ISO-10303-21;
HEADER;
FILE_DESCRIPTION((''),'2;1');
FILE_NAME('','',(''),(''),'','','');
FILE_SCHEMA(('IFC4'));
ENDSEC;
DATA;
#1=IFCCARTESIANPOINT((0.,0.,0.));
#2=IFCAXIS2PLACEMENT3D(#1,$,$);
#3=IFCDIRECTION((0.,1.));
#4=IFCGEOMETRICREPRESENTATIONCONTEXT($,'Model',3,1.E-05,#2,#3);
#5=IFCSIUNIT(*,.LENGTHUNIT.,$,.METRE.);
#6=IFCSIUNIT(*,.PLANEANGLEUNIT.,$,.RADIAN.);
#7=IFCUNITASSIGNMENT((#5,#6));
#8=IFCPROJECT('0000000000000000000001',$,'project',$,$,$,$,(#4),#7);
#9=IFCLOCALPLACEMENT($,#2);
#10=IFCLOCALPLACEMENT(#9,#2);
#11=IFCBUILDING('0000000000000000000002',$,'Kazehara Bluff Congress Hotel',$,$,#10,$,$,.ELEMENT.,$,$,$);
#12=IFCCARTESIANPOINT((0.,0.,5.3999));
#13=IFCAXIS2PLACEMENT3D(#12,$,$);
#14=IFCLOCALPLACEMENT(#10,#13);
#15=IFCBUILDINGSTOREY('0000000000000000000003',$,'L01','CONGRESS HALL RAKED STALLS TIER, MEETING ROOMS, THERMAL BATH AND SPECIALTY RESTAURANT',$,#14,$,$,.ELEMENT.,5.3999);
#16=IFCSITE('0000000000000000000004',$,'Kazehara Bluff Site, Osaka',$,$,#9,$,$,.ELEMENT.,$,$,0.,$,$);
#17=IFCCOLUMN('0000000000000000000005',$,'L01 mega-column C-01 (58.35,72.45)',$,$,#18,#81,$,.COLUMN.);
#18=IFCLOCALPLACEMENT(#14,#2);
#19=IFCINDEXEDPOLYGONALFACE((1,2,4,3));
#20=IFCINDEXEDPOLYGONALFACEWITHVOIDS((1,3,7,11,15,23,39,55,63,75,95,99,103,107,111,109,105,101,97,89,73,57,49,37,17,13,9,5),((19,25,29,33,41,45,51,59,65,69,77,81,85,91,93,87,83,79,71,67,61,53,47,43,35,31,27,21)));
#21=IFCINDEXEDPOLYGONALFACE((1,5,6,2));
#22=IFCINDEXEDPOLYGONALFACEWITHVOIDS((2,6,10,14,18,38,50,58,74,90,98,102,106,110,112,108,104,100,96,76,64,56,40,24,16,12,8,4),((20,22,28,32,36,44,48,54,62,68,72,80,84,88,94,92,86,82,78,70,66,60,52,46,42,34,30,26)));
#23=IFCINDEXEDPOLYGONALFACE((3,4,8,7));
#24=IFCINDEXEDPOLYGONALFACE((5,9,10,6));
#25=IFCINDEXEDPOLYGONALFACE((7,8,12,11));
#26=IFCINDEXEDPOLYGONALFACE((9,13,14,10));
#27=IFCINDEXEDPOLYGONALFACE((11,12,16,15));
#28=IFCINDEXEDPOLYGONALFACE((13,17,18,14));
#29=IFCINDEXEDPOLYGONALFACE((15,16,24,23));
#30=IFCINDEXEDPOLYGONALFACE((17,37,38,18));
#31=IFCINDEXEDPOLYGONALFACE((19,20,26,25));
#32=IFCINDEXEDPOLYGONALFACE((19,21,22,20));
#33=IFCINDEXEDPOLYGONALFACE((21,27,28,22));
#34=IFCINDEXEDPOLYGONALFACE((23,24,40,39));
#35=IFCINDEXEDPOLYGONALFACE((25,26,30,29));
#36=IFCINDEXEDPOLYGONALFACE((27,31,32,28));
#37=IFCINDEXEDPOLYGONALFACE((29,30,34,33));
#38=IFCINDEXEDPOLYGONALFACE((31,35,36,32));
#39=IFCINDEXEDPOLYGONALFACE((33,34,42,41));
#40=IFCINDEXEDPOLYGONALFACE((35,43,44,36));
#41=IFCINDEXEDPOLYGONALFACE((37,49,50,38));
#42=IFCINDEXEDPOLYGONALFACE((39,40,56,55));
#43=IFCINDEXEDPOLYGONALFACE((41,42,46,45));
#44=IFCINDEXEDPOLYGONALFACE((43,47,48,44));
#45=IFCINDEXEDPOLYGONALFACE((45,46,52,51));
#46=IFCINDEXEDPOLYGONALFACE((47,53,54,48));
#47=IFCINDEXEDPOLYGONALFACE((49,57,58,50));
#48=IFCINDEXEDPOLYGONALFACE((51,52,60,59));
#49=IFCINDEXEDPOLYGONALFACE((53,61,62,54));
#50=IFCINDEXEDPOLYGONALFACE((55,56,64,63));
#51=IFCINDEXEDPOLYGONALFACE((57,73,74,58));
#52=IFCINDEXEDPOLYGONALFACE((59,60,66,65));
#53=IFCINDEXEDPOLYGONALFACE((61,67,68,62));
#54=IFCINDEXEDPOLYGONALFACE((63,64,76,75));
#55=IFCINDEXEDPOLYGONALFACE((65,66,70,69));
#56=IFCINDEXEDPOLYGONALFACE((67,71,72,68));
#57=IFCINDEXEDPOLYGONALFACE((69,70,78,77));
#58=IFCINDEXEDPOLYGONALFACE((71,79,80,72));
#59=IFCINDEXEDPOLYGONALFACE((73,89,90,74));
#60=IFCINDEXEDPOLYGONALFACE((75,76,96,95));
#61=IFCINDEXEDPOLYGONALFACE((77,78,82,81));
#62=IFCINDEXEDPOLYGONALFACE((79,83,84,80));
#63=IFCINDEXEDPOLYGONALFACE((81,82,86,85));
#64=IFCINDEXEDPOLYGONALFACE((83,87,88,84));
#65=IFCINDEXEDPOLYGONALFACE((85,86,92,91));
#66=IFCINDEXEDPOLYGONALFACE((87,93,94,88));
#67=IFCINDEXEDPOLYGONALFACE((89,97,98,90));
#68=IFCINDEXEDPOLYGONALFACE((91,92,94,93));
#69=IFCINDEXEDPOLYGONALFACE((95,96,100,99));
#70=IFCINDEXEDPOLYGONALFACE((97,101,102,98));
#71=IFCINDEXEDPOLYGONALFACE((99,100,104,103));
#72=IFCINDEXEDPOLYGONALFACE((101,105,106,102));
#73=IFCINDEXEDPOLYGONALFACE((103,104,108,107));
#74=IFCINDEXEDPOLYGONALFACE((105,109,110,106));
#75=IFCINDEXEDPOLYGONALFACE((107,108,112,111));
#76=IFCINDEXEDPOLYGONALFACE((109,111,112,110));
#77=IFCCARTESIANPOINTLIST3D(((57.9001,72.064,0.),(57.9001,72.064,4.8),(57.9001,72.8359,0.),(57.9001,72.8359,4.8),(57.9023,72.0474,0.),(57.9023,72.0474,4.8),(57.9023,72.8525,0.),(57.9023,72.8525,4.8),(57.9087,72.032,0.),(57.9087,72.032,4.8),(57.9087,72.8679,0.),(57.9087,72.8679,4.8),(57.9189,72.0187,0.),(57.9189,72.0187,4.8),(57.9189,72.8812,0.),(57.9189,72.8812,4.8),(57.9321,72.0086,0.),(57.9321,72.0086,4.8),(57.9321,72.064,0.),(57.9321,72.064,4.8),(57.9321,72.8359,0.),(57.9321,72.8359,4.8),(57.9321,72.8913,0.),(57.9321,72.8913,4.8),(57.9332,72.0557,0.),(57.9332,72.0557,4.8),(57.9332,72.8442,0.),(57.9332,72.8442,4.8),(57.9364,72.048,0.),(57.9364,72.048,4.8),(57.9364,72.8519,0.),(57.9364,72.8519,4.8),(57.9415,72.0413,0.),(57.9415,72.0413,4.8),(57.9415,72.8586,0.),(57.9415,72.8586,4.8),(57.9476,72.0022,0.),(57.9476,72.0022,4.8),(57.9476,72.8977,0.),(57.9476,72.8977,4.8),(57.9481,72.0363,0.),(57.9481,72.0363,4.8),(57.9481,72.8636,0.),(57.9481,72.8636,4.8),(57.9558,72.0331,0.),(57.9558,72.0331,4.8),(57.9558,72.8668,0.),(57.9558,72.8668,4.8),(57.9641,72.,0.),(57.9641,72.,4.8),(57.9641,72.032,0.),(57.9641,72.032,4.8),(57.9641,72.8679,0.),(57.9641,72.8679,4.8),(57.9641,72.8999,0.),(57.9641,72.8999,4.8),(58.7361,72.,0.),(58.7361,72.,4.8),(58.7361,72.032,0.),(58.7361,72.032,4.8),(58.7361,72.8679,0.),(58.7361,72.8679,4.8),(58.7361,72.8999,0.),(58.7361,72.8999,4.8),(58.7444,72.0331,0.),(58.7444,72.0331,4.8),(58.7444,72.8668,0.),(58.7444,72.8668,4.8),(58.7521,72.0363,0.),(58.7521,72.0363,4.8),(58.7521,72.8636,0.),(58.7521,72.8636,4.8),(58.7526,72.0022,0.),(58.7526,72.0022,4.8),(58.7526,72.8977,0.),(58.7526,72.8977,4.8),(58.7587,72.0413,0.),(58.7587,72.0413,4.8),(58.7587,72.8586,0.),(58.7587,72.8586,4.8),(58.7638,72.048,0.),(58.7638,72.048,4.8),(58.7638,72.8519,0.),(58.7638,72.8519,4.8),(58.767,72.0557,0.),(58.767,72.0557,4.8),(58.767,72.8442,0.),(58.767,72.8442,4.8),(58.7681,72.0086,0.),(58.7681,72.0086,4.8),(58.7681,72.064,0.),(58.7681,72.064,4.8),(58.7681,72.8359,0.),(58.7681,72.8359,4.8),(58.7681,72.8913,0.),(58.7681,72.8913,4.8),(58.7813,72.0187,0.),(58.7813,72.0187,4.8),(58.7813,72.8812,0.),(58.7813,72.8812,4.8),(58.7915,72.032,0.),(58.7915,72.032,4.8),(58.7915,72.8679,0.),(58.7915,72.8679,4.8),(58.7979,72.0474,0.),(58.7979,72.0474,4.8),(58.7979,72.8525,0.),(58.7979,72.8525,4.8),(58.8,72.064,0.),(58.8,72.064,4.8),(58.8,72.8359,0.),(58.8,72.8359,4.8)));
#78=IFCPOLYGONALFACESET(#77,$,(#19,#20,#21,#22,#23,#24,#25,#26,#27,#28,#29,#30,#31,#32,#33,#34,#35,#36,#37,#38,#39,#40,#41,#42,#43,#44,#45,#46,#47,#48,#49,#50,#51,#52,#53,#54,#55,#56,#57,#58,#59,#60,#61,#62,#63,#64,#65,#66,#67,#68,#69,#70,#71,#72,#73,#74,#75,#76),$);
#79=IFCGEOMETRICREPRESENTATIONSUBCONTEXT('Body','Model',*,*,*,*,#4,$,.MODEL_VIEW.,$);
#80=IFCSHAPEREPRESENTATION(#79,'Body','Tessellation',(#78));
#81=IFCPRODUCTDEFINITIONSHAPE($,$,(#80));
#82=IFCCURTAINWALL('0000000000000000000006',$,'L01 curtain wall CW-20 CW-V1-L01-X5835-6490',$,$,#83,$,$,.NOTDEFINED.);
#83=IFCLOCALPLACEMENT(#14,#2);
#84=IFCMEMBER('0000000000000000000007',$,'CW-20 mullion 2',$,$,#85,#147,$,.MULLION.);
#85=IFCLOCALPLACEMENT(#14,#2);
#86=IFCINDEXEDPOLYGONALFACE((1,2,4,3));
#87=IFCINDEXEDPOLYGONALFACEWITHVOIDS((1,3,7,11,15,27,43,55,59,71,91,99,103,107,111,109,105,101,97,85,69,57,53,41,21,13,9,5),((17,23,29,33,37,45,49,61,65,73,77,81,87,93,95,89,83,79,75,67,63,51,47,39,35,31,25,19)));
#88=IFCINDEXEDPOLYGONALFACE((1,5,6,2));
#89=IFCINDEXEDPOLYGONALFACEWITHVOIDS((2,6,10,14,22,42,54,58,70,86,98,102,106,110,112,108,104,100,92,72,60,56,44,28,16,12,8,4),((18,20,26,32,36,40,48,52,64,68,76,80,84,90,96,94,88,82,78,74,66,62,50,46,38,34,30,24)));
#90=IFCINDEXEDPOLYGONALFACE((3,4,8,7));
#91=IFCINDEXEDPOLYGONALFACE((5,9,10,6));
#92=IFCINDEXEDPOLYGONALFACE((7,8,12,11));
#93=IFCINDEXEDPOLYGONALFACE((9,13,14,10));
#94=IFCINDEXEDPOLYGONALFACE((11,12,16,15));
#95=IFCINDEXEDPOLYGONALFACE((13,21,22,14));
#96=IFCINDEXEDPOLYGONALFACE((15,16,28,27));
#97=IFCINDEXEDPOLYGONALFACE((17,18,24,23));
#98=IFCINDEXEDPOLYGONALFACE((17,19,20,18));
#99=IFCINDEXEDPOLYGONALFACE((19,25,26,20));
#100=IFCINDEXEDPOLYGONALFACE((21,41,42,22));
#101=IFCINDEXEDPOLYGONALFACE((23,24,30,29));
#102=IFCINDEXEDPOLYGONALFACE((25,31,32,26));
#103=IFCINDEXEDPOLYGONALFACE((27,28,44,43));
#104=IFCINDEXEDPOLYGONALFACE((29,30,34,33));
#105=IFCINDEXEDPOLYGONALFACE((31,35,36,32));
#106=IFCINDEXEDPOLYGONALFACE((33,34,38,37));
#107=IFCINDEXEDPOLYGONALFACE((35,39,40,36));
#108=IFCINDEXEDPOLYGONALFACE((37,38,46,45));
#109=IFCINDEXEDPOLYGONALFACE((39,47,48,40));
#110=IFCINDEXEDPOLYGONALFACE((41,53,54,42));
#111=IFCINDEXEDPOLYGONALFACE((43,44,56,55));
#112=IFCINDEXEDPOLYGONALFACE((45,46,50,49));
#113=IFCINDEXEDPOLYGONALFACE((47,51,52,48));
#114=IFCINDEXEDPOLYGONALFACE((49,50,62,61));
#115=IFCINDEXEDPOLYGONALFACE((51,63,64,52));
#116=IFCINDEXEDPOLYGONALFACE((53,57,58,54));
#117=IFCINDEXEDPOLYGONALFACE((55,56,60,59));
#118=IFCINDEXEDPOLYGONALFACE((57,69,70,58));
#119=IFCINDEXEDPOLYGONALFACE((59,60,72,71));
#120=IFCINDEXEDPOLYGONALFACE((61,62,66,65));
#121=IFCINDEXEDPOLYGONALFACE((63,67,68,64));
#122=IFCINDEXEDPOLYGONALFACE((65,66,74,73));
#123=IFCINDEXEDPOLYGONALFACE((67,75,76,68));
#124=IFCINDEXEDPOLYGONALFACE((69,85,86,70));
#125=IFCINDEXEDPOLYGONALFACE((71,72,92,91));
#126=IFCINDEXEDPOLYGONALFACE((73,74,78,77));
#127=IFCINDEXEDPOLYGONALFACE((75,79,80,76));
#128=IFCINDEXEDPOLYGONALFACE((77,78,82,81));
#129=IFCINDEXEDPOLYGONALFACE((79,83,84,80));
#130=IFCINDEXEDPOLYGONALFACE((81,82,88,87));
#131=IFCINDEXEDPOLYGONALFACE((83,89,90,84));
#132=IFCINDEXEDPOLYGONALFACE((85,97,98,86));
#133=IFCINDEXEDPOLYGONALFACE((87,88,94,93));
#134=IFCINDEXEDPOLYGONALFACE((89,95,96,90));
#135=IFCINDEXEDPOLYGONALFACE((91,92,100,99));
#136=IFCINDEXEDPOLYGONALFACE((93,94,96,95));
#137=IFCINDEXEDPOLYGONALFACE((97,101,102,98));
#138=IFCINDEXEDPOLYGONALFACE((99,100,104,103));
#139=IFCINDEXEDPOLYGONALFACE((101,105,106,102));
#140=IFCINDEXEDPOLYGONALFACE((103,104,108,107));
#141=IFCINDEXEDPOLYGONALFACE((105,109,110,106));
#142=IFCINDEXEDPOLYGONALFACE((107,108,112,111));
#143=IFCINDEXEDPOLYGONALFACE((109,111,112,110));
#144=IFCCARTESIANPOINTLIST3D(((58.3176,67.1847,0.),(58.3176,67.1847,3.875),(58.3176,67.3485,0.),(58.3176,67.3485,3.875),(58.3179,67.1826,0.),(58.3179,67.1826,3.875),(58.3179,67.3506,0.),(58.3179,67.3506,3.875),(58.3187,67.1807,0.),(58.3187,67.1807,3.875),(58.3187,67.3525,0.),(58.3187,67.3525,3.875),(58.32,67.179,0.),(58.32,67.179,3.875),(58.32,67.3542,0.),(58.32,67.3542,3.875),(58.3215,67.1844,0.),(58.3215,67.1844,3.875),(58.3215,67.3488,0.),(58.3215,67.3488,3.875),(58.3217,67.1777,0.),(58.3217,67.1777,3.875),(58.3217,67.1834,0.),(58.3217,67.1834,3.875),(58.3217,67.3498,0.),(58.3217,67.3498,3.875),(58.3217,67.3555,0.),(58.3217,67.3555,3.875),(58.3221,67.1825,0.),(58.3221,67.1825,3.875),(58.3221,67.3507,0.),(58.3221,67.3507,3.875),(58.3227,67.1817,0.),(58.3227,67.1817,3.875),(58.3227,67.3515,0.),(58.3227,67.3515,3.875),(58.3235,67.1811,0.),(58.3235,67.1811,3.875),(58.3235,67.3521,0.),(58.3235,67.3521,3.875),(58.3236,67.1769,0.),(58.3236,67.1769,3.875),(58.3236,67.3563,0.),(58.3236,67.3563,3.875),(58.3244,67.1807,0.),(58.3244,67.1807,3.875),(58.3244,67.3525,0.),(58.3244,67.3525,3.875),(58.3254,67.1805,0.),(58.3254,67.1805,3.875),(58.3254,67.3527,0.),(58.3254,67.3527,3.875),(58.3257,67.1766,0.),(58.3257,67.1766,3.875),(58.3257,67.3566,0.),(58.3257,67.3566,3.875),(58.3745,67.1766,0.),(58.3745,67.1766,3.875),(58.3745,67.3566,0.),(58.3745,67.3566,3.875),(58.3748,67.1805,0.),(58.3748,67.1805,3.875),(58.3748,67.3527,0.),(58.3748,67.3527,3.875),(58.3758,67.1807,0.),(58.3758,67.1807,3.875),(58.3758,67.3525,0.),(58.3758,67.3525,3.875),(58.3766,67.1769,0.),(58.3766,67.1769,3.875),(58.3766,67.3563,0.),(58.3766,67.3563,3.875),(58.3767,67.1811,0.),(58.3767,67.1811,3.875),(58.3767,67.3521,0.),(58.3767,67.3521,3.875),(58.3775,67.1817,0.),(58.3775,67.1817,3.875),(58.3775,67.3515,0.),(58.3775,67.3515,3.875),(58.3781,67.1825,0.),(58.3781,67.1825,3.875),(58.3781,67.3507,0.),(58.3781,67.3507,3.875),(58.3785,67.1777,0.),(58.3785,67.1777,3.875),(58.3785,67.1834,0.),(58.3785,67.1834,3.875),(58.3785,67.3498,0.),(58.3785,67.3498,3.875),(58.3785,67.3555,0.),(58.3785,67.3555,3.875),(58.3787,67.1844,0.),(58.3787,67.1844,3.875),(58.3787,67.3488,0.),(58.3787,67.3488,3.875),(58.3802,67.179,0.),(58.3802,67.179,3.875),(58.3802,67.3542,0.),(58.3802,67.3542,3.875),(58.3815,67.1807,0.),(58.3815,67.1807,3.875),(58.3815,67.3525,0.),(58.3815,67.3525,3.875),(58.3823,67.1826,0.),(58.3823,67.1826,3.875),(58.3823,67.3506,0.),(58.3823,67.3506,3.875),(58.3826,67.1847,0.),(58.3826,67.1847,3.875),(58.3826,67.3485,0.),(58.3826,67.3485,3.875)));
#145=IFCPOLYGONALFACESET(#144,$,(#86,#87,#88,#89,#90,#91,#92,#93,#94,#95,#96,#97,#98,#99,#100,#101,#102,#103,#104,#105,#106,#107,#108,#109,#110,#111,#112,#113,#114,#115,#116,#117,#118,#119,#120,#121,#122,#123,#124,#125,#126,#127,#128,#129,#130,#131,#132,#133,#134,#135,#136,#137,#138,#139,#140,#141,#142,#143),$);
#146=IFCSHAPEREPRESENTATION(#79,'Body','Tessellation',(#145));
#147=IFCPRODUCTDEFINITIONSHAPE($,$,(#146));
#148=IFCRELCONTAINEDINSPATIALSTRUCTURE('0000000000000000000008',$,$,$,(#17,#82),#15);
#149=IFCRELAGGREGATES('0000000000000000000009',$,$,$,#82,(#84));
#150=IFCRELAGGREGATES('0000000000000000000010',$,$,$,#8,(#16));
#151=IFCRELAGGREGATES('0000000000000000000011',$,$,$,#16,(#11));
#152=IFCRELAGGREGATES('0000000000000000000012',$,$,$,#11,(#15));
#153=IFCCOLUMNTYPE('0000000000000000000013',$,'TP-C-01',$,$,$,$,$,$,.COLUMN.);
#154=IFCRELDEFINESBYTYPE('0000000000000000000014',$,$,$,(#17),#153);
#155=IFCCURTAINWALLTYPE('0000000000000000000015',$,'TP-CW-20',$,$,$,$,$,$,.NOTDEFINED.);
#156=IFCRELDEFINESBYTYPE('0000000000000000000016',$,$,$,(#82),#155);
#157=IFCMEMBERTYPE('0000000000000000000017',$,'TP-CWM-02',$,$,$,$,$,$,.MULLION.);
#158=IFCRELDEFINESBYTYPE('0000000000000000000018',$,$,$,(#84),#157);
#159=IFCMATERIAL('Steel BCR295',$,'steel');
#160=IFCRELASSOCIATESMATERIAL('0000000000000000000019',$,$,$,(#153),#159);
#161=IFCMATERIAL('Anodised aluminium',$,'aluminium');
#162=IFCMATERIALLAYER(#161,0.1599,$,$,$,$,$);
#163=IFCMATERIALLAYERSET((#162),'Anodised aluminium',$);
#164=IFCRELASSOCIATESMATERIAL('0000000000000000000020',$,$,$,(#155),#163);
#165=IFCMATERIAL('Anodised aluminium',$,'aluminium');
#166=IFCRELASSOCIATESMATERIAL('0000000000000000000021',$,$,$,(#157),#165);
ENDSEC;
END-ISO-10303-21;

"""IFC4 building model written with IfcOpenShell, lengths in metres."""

from ifc_helpers import new_model, si_unit, direction, frame, origin, origin_2d, place, context, subcontext, project, spatial, hollow_rectangle, extrude, material, layer, layer_set, material_profile, profile_set, type_object, element, aggregate, save


model = new_model("IFC4")

# Units and contexts
model_context = context("Model", 3, precision=1e-05, world=origin(), true_north=direction((0.0, 1.0)))
body_context = subcontext(model_context, "Body", "Model", "MODEL_VIEW")
ifc_project = project(units=[si_unit("LENGTHUNIT", "METRE"), si_unit("PLANEANGLEUNIT", "RADIAN")], contexts=[model_context])

# Site, building, storey
site_placement = place(None, origin())
site = spatial("IfcSite", under=ifc_project, at=site_placement, Name="Kazehara Bluff Site, Osaka", CompositionType="ELEMENT", RefElevation=0.0)
building_placement = place(site_placement, origin())
building = spatial("IfcBuilding", under=site, at=building_placement, Name="Kazehara Bluff Congress Hotel", CompositionType="ELEMENT")
storey_placement = place(building_placement, frame((0.0, 0.0, 5.3999)))
storey = spatial("IfcBuildingStorey", under=building, at=storey_placement, Name="L01", Description="CONGRESS HALL RAKED STALLS TIER, MEETING ROOMS, THERMAL BATH AND SPECIALTY RESTAURANT", CompositionType="ELEMENT", Elevation=5.3999)

# Column
ifc_material_1 = material(Name="Steel BCR295", Category="steel")
ifc_material_profile_1 = material_profile(ifc_material_1, hollow_rectangle(XDim=0.8999, YDim=0.8999, WallThickness=0.032, InnerFilletRadius=0.032, OuterFilletRadius=0.064, at=origin_2d()))
ifc_profile_set_1 = profile_set([ifc_material_profile_1], Name="Steel BCR295")
column_type = type_object("IfcColumnType", Name="TP-C-01", PredefinedType="COLUMN", material=ifc_profile_set_1)
column_placement = place(storey_placement, frame((58.3501, 72.45, 0.0), z_axis=(0.0, 0.0, 1.0), x_axis=(1.0, 0.0, 0.0)))
element("IfcColumn", 1, at=column_placement, inside=storey, type_object=column_type, Name="L01 mega-column C-01 (58.35,72.45)", PredefinedType="COLUMN", context=body_context, shape_type="SweptSolid", body=[
    extrude(hollow_rectangle(XDim=0.8999, YDim=0.8999, WallThickness=0.032, InnerFilletRadius=0.032, OuterFilletRadius=0.064, at=origin_2d()), origin(), (0.0, 0.0, 1.0), 4.8),
])

# Curtain wall, member
ifc_material_2 = material(Name="Anodised aluminium", Category="aluminium")
ifc_layer_1 = layer(ifc_material_2, 0.1599)
ifc_layer_set_1 = layer_set([ifc_layer_1], Name="Anodised aluminium")
curtain_wall_type_1 = type_object("IfcCurtainWallType", Name="TP-CW-20", PredefinedType="NOTDEFINED", material=ifc_layer_set_1)
curtain_wall_1_placement = place(storey_placement, origin())
curtain_wall_1 = element("IfcCurtainWall", 2, at=curtain_wall_1_placement, inside=storey, type_object=curtain_wall_type_1, Name="L01 curtain wall CW-20 CW-V1-L01-X5835-6490", PredefinedType="NOTDEFINED")
ifc_material_3 = material(Name="Anodised aluminium", Category="aluminium")
ifc_material_profile_2 = material_profile(ifc_material_3, hollow_rectangle(XDim=0.0649, YDim=0.1799, WallThickness=0.0039, InnerFilletRadius=0.0039, OuterFilletRadius=0.0081, at=origin_2d()))
ifc_profile_set_2 = profile_set([ifc_material_profile_2], Name="Anodised aluminium")
member_type_1 = type_object("IfcMemberType", Name="TP-CWM-02", PredefinedType="MULLION", material=ifc_profile_set_2)
member_1_placement = place(storey_placement, frame((58.3501, 67.2666, 0.0), z_axis=(0.0, 0.0, 1.0), x_axis=(-1.0, 0.0, 0.0)))
member_1 = element("IfcMember", 3, at=member_1_placement, type_object=member_type_1, Name="CW-20 mullion 2", PredefinedType="MULLION", context=body_context, shape_type="SweptSolid", body=[
    extrude(hollow_rectangle(XDim=0.0649, YDim=0.1799, WallThickness=0.0039, InnerFilletRadius=0.0039, OuterFilletRadius=0.0081, at=origin_2d()), origin(), (0.0, 0.0, 1.0), 3.875),
])

aggregate(curtain_wall_1, [member_1])

save(model, "model.ifc")
